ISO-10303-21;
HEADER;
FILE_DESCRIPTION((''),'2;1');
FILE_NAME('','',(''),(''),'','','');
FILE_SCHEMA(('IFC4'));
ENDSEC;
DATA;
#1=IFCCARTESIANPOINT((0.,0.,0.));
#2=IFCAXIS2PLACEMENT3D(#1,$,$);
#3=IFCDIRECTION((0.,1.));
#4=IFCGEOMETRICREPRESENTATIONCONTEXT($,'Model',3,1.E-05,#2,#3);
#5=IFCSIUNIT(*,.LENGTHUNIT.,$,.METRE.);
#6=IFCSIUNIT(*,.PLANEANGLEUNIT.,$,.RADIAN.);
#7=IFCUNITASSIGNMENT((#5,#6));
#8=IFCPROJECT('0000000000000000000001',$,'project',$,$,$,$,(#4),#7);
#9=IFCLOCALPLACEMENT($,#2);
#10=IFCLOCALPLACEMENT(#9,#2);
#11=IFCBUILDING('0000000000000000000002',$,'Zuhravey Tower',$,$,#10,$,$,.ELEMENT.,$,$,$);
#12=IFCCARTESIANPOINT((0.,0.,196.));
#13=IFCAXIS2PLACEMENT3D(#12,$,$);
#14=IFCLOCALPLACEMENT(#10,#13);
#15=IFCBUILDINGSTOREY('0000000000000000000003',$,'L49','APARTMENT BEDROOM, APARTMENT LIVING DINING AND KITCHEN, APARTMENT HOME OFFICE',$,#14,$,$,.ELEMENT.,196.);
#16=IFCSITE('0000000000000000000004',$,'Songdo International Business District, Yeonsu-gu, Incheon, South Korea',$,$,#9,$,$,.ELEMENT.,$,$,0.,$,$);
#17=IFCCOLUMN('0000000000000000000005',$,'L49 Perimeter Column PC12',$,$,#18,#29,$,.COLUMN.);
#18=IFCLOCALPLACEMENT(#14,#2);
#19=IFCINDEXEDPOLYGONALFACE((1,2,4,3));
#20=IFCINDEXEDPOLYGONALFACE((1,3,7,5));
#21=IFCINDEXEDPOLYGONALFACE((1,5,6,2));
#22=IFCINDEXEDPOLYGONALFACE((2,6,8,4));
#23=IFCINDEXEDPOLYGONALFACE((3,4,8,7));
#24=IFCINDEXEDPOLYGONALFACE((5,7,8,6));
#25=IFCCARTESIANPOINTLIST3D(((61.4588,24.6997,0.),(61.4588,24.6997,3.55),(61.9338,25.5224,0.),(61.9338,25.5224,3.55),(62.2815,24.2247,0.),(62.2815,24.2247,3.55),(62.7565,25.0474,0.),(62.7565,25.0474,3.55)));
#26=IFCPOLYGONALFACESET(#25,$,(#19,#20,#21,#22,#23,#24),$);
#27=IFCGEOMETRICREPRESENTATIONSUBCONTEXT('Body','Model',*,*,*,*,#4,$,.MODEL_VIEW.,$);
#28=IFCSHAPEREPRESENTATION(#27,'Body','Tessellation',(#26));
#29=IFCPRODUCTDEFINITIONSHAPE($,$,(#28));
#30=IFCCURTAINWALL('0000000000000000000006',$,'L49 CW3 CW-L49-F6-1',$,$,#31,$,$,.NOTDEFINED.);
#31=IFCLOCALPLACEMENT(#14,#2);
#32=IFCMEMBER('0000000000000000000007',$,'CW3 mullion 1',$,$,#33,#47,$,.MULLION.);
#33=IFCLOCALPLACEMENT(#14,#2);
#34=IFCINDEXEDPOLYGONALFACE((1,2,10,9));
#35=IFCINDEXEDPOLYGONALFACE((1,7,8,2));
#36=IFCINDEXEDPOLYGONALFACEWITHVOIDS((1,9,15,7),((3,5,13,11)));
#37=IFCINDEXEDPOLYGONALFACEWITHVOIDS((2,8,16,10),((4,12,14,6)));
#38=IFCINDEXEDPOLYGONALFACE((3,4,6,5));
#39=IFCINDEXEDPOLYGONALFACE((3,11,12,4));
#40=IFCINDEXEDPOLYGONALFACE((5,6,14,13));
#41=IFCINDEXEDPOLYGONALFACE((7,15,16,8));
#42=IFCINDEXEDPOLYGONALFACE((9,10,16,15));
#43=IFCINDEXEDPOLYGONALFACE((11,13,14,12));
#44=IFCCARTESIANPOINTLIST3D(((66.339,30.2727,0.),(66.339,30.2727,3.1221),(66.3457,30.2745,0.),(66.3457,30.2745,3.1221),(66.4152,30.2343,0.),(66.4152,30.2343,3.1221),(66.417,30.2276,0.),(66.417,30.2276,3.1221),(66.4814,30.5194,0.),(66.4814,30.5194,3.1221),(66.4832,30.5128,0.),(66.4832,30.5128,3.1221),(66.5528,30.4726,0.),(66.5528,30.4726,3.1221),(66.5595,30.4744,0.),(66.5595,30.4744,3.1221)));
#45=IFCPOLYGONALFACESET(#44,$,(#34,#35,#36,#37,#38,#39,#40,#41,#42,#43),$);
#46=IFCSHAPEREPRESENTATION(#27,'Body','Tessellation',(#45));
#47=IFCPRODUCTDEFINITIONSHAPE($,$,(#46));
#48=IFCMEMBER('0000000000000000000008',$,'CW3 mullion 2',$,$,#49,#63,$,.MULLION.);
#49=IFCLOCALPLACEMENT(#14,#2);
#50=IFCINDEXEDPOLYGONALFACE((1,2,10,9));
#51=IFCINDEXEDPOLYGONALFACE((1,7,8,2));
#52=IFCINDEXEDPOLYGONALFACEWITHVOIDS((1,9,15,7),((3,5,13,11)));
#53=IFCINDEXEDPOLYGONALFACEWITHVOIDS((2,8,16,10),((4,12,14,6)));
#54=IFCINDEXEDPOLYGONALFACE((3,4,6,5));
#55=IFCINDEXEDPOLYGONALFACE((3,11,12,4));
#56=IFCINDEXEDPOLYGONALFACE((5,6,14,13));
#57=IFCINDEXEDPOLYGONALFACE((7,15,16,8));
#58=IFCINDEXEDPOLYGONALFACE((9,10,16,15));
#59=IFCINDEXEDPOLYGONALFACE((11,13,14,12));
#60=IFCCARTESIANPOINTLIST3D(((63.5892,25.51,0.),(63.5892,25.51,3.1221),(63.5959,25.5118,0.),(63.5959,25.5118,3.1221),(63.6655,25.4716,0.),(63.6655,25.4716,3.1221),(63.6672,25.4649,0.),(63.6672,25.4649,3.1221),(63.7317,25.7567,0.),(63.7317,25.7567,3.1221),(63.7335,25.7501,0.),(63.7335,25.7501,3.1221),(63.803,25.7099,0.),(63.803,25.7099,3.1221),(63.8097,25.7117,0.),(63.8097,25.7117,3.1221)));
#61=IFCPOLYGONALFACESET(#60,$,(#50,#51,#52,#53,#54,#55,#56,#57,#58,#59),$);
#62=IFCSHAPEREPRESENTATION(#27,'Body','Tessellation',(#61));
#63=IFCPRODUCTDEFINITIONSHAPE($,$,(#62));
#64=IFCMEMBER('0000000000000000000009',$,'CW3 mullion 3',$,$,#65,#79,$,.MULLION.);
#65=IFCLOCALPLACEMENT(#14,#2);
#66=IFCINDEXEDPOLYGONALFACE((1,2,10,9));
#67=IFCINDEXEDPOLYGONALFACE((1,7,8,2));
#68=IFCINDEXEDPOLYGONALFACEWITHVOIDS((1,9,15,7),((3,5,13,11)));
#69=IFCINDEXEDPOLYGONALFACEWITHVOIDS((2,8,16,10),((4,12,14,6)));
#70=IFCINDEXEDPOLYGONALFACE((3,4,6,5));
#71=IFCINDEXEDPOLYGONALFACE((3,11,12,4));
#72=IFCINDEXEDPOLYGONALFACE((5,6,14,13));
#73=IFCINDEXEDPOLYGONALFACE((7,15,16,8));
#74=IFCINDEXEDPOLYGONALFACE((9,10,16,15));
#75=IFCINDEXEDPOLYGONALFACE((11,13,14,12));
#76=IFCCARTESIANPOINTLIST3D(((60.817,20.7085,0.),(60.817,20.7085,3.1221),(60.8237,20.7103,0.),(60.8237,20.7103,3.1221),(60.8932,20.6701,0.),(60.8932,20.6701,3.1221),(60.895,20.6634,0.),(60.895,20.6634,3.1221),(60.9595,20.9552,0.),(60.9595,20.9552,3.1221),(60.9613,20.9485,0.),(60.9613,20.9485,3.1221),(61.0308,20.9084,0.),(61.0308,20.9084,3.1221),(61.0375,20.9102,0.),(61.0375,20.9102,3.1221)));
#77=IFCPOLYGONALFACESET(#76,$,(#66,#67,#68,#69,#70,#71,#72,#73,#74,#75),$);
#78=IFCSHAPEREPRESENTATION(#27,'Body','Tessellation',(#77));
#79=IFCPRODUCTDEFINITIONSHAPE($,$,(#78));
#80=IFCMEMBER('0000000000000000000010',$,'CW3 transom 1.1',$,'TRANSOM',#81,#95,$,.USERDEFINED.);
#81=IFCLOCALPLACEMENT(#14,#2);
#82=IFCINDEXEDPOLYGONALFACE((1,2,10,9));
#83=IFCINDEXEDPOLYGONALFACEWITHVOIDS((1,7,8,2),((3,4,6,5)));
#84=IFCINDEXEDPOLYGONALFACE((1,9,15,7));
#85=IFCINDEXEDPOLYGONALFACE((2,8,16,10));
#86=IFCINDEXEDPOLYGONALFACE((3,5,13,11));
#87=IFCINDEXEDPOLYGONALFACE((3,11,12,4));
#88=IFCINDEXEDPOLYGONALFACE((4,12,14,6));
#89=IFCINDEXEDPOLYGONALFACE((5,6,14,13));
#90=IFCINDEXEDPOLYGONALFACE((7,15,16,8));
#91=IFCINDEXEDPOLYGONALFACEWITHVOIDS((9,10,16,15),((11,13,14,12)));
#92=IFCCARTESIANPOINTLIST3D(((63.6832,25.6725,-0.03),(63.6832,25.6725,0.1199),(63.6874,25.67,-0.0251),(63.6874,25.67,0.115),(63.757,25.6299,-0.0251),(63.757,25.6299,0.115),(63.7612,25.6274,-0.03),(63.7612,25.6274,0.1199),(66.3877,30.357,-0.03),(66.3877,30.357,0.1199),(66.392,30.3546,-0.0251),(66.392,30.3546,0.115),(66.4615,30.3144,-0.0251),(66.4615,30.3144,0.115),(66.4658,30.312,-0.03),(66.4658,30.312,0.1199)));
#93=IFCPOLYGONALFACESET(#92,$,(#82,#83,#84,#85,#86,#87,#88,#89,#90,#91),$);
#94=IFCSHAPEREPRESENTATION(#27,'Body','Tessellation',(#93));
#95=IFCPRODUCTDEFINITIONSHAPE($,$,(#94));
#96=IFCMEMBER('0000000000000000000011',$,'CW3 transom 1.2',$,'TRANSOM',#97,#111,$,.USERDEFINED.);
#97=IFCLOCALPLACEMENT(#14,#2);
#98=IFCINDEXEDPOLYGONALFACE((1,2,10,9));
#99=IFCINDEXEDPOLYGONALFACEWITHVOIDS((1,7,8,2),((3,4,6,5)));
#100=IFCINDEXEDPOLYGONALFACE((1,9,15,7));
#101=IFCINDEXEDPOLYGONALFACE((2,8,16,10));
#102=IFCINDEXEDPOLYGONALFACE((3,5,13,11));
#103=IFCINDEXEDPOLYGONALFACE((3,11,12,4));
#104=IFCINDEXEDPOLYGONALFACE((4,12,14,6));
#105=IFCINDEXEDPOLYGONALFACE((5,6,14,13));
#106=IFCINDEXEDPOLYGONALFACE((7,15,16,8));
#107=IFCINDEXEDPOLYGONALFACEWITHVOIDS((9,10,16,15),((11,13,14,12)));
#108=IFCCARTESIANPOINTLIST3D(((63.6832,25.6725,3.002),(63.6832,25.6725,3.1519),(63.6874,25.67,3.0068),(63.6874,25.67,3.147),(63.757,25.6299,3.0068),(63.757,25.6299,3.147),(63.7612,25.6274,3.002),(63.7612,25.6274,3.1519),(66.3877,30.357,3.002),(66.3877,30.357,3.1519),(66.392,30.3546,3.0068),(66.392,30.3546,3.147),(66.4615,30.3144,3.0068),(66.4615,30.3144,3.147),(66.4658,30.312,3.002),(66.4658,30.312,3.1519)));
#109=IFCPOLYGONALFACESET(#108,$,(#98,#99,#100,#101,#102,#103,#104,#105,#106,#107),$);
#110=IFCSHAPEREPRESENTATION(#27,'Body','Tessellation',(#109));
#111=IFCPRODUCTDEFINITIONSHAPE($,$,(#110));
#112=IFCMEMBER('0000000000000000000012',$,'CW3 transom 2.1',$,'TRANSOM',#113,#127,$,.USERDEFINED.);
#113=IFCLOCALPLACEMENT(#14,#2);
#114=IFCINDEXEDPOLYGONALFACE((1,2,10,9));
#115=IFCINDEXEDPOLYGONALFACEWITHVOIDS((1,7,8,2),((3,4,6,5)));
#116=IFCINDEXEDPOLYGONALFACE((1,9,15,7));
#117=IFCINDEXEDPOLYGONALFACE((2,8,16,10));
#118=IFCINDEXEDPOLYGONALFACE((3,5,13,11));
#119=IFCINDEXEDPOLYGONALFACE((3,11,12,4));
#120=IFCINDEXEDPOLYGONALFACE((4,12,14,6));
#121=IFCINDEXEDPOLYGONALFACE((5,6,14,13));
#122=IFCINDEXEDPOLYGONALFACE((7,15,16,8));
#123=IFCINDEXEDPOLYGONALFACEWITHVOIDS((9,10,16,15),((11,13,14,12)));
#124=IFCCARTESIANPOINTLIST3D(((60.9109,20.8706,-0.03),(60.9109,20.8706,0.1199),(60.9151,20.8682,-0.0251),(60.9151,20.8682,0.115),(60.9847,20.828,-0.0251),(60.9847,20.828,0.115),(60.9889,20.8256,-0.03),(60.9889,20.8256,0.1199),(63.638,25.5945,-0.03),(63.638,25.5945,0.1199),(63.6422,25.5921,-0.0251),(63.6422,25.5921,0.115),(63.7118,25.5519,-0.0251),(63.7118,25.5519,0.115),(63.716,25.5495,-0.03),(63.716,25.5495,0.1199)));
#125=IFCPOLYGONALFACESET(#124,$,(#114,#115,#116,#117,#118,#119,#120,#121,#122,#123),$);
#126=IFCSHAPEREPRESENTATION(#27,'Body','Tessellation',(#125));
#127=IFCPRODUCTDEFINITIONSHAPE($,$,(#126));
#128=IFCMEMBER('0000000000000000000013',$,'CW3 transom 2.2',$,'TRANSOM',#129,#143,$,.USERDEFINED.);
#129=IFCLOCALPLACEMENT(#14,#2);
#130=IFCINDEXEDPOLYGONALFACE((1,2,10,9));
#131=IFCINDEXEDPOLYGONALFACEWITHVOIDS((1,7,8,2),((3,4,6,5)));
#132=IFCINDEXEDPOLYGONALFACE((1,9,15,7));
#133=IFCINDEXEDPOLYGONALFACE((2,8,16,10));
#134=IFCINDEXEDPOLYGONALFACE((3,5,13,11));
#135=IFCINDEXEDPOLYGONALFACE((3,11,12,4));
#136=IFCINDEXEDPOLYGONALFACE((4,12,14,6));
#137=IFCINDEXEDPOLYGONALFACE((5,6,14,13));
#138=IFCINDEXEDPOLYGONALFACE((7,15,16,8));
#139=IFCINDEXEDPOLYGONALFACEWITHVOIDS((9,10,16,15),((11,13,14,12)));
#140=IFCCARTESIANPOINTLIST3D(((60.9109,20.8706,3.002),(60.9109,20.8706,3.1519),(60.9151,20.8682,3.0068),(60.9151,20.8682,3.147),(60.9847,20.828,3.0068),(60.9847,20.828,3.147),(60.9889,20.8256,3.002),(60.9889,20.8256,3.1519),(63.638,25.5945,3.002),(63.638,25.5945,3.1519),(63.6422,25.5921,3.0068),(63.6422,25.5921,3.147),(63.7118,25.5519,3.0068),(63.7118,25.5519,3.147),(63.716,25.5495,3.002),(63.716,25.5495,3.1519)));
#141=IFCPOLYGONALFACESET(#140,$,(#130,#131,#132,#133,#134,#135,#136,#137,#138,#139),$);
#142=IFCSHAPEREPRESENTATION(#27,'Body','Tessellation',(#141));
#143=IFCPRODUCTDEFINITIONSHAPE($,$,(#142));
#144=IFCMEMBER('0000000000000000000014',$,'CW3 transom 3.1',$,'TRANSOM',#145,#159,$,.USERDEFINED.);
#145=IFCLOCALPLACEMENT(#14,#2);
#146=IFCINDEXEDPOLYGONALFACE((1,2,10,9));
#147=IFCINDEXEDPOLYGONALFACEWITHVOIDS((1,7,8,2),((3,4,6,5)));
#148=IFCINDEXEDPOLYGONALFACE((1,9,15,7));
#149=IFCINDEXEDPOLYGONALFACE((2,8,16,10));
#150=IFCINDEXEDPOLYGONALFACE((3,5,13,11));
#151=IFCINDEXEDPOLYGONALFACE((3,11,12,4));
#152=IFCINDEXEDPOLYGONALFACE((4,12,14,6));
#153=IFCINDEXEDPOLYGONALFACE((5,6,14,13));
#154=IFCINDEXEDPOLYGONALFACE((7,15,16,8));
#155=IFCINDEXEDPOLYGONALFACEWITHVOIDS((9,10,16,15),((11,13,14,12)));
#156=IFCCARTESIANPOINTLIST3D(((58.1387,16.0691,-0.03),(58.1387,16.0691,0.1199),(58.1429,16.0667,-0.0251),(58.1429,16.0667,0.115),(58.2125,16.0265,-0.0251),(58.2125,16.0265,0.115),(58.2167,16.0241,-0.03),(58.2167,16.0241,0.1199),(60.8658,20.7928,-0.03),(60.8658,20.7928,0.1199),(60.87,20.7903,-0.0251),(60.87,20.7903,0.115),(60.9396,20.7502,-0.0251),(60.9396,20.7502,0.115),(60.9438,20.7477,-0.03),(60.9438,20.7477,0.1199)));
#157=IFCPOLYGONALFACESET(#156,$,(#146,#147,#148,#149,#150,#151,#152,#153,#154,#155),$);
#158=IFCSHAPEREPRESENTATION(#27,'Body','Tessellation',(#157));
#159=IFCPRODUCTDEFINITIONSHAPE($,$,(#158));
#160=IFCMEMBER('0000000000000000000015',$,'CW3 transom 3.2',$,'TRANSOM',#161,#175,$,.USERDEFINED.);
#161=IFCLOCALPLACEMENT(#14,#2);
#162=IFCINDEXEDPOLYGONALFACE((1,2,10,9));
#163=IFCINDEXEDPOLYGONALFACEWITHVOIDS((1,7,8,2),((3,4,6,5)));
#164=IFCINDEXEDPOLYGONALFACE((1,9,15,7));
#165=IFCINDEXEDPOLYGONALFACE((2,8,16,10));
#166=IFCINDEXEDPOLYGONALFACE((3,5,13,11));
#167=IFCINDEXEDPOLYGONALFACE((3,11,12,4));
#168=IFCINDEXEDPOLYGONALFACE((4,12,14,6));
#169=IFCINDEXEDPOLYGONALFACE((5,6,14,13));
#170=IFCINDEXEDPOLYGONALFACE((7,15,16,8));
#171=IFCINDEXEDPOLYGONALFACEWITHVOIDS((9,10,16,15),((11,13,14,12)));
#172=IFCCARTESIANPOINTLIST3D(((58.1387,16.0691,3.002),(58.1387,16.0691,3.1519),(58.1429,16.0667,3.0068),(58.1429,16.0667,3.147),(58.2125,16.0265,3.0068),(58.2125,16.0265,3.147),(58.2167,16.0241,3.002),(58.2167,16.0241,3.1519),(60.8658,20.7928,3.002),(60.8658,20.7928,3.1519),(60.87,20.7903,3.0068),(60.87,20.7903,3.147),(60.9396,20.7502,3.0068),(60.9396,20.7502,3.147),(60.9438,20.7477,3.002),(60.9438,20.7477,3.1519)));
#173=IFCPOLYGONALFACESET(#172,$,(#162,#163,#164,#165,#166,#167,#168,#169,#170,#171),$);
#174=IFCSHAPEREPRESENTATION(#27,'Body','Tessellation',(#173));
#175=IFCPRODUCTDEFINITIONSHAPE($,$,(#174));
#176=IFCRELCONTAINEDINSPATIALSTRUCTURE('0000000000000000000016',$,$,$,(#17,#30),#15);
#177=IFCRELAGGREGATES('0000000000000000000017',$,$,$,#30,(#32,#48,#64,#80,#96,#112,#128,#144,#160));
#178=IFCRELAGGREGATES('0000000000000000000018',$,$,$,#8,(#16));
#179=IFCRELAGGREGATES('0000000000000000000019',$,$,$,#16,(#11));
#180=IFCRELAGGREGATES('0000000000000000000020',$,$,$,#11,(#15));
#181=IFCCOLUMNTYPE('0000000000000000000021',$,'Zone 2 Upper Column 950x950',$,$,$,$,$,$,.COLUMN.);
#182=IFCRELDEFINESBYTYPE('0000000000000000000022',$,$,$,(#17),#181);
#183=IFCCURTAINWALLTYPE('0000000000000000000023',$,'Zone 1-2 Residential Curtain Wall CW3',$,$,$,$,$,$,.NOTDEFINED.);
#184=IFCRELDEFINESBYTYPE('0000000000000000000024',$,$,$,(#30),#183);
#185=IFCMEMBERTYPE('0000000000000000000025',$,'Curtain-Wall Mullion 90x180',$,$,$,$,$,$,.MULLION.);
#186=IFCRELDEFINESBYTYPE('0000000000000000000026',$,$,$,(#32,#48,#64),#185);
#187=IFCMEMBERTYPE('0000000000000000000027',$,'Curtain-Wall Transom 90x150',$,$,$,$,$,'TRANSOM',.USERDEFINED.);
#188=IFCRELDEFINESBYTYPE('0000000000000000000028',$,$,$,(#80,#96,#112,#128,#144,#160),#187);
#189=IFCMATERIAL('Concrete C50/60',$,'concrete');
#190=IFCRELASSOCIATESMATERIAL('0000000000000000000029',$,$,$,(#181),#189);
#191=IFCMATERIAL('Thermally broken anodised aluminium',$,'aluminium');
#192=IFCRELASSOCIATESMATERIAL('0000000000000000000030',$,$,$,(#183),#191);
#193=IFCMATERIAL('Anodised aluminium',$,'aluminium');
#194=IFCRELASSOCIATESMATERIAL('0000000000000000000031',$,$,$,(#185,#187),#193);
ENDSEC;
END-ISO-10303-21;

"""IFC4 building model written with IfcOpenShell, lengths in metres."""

from ifc_helpers import new_model, si_unit, direction, frame, origin, origin_2d, place, context, subcontext, project, spatial, rectangle, hollow_rectangle, extrude, material, material_profile, profile_set, type_object, element, aggregate, save


model = new_model("IFC4")

# Units and contexts
model_context = context("Model", 3, precision=1e-05, world=origin(), true_north=direction((0.0, 1.0)))
body_context = subcontext(model_context, "Body", "Model", "MODEL_VIEW")
ifc_project = project(units=[si_unit("LENGTHUNIT", "METRE"), si_unit("PLANEANGLEUNIT", "RADIAN")], contexts=[model_context])

# Site, building, storey
site_placement = place(None, origin())
site = spatial("IfcSite", under=ifc_project, at=site_placement, Name="Songdo International Business District, Yeonsu-gu, Incheon, South Korea", CompositionType="ELEMENT", RefElevation=0.0)
building_placement = place(site_placement, origin())
building = spatial("IfcBuilding", under=site, at=building_placement, Name="Zuhravey Tower", CompositionType="ELEMENT")
storey_placement = place(building_placement, frame((0.0, 0.0, 196.0)))
storey = spatial("IfcBuildingStorey", under=building, at=storey_placement, Name="L49", Description="APARTMENT BEDROOM, APARTMENT LIVING DINING AND KITCHEN, APARTMENT HOME OFFICE", CompositionType="ELEMENT", Elevation=196.0)

# Column
ifc_material_1 = material(Name="Concrete C50/60", Category="concrete")
ifc_material_profile_1 = material_profile(ifc_material_1, rectangle(XDim=0.95, YDim=0.95, at=origin_2d()), Name="RC-950x950")
ifc_profile_set_1 = profile_set([ifc_material_profile_1], Name="Concrete C50/60")
column_type = type_object("IfcColumnType", Name="Zone 2 Upper Column 950x950", PredefinedType="COLUMN", material=ifc_profile_set_1)
column_placement = place(storey_placement, frame((62.1077, 24.8735, 0.0), z_axis=(0.0, 0.0, 1.0), x_axis=(0.5, 0.866025, 0.0)))
element("IfcColumn", 1, at=column_placement, inside=storey, type_object=column_type, Name="L49 Perimeter Column PC12", PredefinedType="COLUMN", context=body_context, shape_type="SweptSolid", body=[
    extrude(rectangle(XDim=0.95, YDim=0.95, at=origin_2d()), origin(), (0.0, 0.0, 1.0), 3.55),
])

# Curtain wall, members
ifc_material_2 = material(Name="Thermally broken anodised aluminium", Category="aluminium")
curtain_wall_type = type_object("IfcCurtainWallType", Name="Zone 1-2 Residential Curtain Wall CW3", PredefinedType="NOTDEFINED", material=ifc_material_2)
curtain_wall_placement = place(storey_placement, origin())
curtain_wall = element("IfcCurtainWall", 2, at=curtain_wall_placement, inside=storey, type_object=curtain_wall_type, Name="L49 CW3 CW-L49-F6-1", PredefinedType="NOTDEFINED")
ifc_material_3 = material(Name="Anodised aluminium", Category="aluminium")
ifc_material_profile_2 = material_profile(ifc_material_3, hollow_rectangle(XDim=0.0901, YDim=0.2849, WallThickness=0.0049, at=origin_2d()), Name="ALU-RHS-90x285x5")
ifc_profile_set_2 = profile_set([ifc_material_profile_2], Name="Anodised aluminium")
member_type_1 = type_object("IfcMemberType", Name="Curtain-Wall Mullion 90x180", PredefinedType="MULLION", material=ifc_profile_set_2)
member_1_placement = place(storey_placement, frame((66.4492, 30.3735, 0.0), z_axis=(0.0, 0.0, 1.0), x_axis=(0.866025, -0.5, 0.0)))
member_1 = element("IfcMember", 3, at=member_1_placement, type_object=member_type_1, Name="CW3 mullion 1", PredefinedType="MULLION", context=body_context, shape_type="SweptSolid", body=[
    extrude(hollow_rectangle(XDim=0.0901, YDim=0.2849, WallThickness=0.0049, at=origin_2d()), origin(), (0.0, 0.0, 1.0), 3.1221),
])
member_2_placement = place(storey_placement, frame((63.6995, 25.6108, 0.0), z_axis=(0.0, 0.0, 1.0), x_axis=(0.866025, -0.5, 0.0)))
member_2 = element("IfcMember", 4, at=member_2_placement, type_object=member_type_1, Name="CW3 mullion 2", PredefinedType="MULLION", context=body_context, shape_type="SweptSolid", body=[
    extrude(hollow_rectangle(XDim=0.0901, YDim=0.2849, WallThickness=0.0049, at=origin_2d()), origin(), (0.0, 0.0, 1.0), 3.1221),
])
member_3_placement = place(storey_placement, frame((60.9272, 20.8093, 0.0), z_axis=(0.0, 0.0, 1.0), x_axis=(0.866025, -0.5, 0.0)))
member_3 = element("IfcMember", 5, at=member_3_placement, type_object=member_type_1, Name="CW3 mullion 3", PredefinedType="MULLION", context=body_context, shape_type="SweptSolid", body=[
    extrude(hollow_rectangle(XDim=0.0901, YDim=0.2849, WallThickness=0.0049, at=origin_2d()), origin(), (0.0, 0.0, 1.0), 3.1221),
])
ifc_material_profile_3 = material_profile(ifc_material_3, hollow_rectangle(XDim=0.0901, YDim=0.1499, WallThickness=0.0049, at=origin_2d()), Name="ALU-RHS-90x150x5")
ifc_profile_set_3 = profile_set([ifc_material_profile_3], Name="Anodised aluminium")
member_type_2 = type_object("IfcMemberType", Name="Curtain-Wall Transom 90x150", ElementType="TRANSOM", PredefinedType="USERDEFINED", material=ifc_profile_set_3)
member_4_placement = place(storey_placement, frame((66.4268, 30.3345, 0.0449), z_axis=(-0.499993, -0.866029, 0.0), x_axis=(0.866029, -0.499993, 0.0)))
member_4 = element("IfcMember", 6, at=member_4_placement, type_object=member_type_2, Name="CW3 transom 1.1", ObjectType="TRANSOM", PredefinedType="USERDEFINED", context=body_context, shape_type="SweptSolid", body=[
    extrude(hollow_rectangle(XDim=0.0901, YDim=0.1499, WallThickness=0.0049, at=origin_2d()), origin(), (0.0, 0.0, 1.0), 5.4092),
])
member_5_placement = place(storey_placement, frame((66.4268, 30.3345, 3.0769), z_axis=(-0.499993, -0.866029, 0.0), x_axis=(0.866029, -0.499993, 0.0)))
member_5 = element("IfcMember", 7, at=member_5_placement, type_object=member_type_2, Name="CW3 transom 1.2", ObjectType="TRANSOM", PredefinedType="USERDEFINED", context=body_context, shape_type="SweptSolid", body=[
    extrude(hollow_rectangle(XDim=0.0901, YDim=0.1499, WallThickness=0.0049, at=origin_2d()), origin(), (0.0, 0.0, 1.0), 5.4092),
])
member_6_placement = place(storey_placement, frame((63.677, 25.572, 0.0449), z_axis=(-0.499961, -0.866048, 0.0), x_axis=(0.866048, -0.499961, 0.0)))
member_6 = element("IfcMember", 8, at=member_6_placement, type_object=member_type_2, Name="CW3 transom 2.1", ObjectType="TRANSOM", PredefinedType="USERDEFINED", context=body_context, shape_type="SweptSolid", body=[
    extrude(hollow_rectangle(XDim=0.0901, YDim=0.1499, WallThickness=0.0049, at=origin_2d()), origin(), (0.0, 0.0, 1.0), 5.4546),
])
member_7_placement = place(storey_placement, frame((63.677, 25.572, 3.0769), z_axis=(-0.499961, -0.866048, 0.0), x_axis=(0.866048, -0.499961, 0.0)))
member_7 = element("IfcMember", 9, at=member_7_placement, type_object=member_type_2, Name="CW3 transom 2.2", ObjectType="TRANSOM", PredefinedType="USERDEFINED", context=body_context, shape_type="SweptSolid", body=[
    extrude(hollow_rectangle(XDim=0.0901, YDim=0.1499, WallThickness=0.0049, at=origin_2d()), origin(), (0.0, 0.0, 1.0), 5.4546),
])
member_8_placement = place(storey_placement, frame((60.9048, 20.7703, 0.0449), z_axis=(-0.499981, -0.866037, 0.0), x_axis=(0.866037, -0.499981, 0.0)))
member_8 = element("IfcMember", 10, at=member_8_placement, type_object=member_type_2, Name="CW3 transom 3.1", ObjectType="TRANSOM", PredefinedType="USERDEFINED", context=body_context, shape_type="SweptSolid", body=[
    extrude(hollow_rectangle(XDim=0.0901, YDim=0.1499, WallThickness=0.0049, at=origin_2d()), origin(), (0.0, 0.0, 1.0), 5.4543),
])
member_9_placement = place(storey_placement, frame((60.9048, 20.7703, 3.0769), z_axis=(-0.499981, -0.866037, 0.0), x_axis=(0.866037, -0.499981, 0.0)))
member_9 = element("IfcMember", 11, at=member_9_placement, type_object=member_type_2, Name="CW3 transom 3.2", ObjectType="TRANSOM", PredefinedType="USERDEFINED", context=body_context, shape_type="SweptSolid", body=[
    extrude(hollow_rectangle(XDim=0.0901, YDim=0.1499, WallThickness=0.0049, at=origin_2d()), origin(), (0.0, 0.0, 1.0), 5.4543),
])

aggregate(curtain_wall, [member_1, member_2, member_3, member_4, member_5, member_6, member_7, member_8, member_9])

save(model, "model.ifc")
